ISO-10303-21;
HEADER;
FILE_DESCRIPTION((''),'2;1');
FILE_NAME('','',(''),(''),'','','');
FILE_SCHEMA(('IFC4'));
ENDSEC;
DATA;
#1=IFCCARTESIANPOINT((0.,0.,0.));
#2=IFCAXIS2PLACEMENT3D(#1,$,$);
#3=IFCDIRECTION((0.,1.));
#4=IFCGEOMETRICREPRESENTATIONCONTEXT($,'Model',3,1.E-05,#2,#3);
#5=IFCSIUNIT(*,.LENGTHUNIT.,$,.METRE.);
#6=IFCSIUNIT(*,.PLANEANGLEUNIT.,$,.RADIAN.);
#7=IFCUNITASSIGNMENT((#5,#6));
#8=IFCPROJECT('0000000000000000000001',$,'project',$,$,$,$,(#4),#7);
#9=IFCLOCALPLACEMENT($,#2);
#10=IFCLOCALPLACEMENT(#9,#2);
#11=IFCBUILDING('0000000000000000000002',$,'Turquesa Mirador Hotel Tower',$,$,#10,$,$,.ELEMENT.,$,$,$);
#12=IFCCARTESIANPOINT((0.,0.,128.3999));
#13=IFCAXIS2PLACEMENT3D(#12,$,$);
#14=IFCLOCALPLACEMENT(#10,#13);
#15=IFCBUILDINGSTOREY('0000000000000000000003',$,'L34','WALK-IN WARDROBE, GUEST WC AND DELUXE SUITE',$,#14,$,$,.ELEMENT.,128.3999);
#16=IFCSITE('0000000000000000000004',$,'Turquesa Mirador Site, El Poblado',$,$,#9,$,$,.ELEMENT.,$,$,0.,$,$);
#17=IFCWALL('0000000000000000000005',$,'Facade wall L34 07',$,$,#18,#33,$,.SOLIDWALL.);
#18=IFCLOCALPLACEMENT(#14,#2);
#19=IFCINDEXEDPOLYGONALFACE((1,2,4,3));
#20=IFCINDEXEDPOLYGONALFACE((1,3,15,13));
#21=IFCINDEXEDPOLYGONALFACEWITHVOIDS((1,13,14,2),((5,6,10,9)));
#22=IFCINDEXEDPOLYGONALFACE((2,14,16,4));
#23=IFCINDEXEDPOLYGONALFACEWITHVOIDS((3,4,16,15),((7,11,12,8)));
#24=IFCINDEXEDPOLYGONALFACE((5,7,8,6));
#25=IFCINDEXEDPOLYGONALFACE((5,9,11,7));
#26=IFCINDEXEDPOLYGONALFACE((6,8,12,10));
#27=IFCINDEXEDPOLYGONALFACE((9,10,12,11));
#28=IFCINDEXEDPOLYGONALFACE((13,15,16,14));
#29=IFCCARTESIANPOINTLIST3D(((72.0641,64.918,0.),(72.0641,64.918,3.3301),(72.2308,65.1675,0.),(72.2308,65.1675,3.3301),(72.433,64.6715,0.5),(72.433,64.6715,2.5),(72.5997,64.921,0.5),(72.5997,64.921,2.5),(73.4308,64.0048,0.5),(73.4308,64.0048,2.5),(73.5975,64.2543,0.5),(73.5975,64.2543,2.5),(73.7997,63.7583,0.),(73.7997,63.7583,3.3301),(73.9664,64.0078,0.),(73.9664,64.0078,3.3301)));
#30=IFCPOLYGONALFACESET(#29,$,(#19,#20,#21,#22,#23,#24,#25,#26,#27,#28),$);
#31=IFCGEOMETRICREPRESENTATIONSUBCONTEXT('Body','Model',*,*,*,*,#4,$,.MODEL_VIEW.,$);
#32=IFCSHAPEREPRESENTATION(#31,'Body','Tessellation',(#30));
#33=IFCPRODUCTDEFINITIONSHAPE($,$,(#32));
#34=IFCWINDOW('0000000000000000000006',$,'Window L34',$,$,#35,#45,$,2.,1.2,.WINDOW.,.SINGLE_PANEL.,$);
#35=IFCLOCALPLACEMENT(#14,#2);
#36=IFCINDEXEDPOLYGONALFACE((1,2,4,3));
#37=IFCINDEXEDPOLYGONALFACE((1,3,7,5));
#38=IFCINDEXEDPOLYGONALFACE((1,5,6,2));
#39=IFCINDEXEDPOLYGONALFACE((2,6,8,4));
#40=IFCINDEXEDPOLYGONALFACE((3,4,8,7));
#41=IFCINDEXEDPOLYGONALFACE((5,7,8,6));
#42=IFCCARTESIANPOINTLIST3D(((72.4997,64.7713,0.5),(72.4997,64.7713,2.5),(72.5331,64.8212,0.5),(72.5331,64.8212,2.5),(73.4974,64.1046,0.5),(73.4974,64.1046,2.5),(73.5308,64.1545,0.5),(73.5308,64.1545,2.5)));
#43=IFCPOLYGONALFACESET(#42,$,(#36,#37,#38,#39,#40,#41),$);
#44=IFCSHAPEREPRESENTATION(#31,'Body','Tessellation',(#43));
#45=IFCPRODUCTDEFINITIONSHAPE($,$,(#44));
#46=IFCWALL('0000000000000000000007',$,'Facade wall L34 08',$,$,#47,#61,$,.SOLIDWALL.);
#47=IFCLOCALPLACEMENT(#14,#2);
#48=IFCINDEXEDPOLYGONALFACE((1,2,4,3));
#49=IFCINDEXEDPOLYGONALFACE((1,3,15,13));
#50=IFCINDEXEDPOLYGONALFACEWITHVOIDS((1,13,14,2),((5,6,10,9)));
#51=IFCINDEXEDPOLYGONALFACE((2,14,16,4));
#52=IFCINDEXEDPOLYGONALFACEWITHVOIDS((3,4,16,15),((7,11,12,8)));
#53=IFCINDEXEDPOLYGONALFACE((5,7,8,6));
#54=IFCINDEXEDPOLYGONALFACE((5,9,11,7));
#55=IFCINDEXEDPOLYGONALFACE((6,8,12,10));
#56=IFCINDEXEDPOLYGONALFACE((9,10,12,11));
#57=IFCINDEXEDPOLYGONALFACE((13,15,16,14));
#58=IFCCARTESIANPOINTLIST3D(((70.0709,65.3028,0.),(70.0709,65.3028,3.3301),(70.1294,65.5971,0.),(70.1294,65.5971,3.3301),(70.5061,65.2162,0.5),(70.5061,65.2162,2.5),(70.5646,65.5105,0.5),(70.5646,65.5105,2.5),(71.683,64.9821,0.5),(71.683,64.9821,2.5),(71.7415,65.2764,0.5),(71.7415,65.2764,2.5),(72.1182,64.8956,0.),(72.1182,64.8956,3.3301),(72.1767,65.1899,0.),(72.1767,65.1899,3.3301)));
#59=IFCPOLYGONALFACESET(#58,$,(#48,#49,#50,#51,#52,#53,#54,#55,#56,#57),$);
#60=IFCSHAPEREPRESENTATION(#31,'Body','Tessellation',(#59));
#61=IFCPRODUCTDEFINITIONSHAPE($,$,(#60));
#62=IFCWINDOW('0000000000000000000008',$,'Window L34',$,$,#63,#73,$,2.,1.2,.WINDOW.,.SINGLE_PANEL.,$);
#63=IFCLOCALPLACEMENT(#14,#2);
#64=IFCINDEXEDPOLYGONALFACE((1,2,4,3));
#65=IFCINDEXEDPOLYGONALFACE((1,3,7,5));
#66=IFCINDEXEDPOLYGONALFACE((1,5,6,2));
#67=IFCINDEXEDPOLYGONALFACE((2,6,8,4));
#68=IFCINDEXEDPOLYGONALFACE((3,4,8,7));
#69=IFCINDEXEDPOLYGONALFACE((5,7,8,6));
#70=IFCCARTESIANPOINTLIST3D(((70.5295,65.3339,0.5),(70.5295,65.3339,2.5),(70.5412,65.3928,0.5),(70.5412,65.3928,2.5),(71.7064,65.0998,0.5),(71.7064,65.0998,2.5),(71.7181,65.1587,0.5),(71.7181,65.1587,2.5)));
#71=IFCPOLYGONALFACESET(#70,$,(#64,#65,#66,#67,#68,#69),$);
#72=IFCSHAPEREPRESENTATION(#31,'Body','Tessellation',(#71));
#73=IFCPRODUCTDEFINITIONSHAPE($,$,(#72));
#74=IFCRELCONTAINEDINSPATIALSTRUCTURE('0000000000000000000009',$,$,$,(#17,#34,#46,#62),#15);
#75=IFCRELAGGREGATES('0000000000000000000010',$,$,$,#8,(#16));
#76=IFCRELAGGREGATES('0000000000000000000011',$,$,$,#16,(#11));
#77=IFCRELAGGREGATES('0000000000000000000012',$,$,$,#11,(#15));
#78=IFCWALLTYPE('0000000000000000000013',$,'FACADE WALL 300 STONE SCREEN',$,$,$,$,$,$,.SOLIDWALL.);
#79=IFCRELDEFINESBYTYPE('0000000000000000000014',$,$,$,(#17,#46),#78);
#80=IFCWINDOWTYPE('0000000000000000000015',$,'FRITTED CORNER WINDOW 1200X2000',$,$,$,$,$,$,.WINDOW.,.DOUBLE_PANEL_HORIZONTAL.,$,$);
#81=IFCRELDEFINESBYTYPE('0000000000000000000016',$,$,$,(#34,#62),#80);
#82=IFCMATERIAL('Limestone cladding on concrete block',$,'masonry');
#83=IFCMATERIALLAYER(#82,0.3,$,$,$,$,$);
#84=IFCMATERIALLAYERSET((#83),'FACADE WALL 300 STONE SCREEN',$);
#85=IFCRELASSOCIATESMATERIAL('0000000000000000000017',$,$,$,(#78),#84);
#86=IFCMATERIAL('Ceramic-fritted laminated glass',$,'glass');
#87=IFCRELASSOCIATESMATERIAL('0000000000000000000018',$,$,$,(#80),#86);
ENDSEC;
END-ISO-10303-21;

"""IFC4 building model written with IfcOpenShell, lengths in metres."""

from ifc_helpers import new_model, si_unit, direction, frame, frame_2d, origin, place, context, subcontext, project, spatial, rectangle, extrude, material, layer, layer_set, type_object, element, fill, save


model = new_model("IFC4")

# Units and contexts
model_context = context("Model", 3, precision=1e-05, world=origin(), true_north=direction((0.0, 1.0)))
body_context = subcontext(model_context, "Body", "Model", "MODEL_VIEW")
ifc_project = project(units=[si_unit("LENGTHUNIT", "METRE"), si_unit("PLANEANGLEUNIT", "RADIAN")], contexts=[model_context])

# Site, building, storey
site_placement = place(None, origin())
site = spatial("IfcSite", under=ifc_project, at=site_placement, Name="Turquesa Mirador Site, El Poblado", CompositionType="ELEMENT", RefElevation=0.0)
building_placement = place(site_placement, origin())
building = spatial("IfcBuilding", under=site, at=building_placement, Name="Turquesa Mirador Hotel Tower", CompositionType="ELEMENT")
storey_placement = place(building_placement, frame((0.0, 0.0, 128.3999)))
storey = spatial("IfcBuildingStorey", under=building, at=storey_placement, Name="L34", Description="WALK-IN WARDROBE, GUEST WC AND DELUXE SUITE", CompositionType="ELEMENT", Elevation=128.3999)

# Walls, openings, windows
ifc_material_1 = material(Name="Limestone cladding on concrete block", Category="masonry")
ifc_layer = layer(ifc_material_1, 0.3)
ifc_layer_set = layer_set([ifc_layer], Name="FACADE WALL 300 STONE SCREEN")
wall_type = type_object("IfcWallType", Name="FACADE WALL 300 STONE SCREEN", PredefinedType="SOLIDWALL", material=ifc_layer_set)
ifc_material_2 = material(Name="Ceramic-fritted laminated glass", Category="glass")
window_type = type_object("IfcWindowType", Name="FRITTED CORNER WINDOW 1200X2000", PartitioningType="DOUBLE_PANEL_HORIZONTAL", PredefinedType="WINDOW", material=ifc_material_2)
wall_1_placement = place(storey_placement, frame((73.8831, 63.8831, 0.0), z_axis=(0.0, 0.0, 1.0), x_axis=(-0.831474, 0.555564, 0.0)))
wall_1 = element("IfcWall", 1, at=wall_1_placement, inside=storey, type_object=wall_type, Name="Facade wall L34 07", PredefinedType="SOLIDWALL", context=body_context, shape_type="SweptSolid", body=[
    extrude(rectangle(XDim=2.0874, YDim=0.3, at=frame_2d((1.0437, 0.0))), origin(), (0.0, 0.0, 1.0), 3.3301),
])
opening_1_placement = place(wall_1_placement, frame((0.4436, 0.0, 0.5)))
opening_1 = element("IfcOpeningElement", 2, at=opening_1_placement, cuts=wall_1, PredefinedType="OPENING", context=body_context, shape_type="SweptSolid", body=[
    extrude(rectangle(XDim=1.2, YDim=2.0, at=frame_2d((0.6001, 1.0))), frame((0.0, 0.1599, 0.0), z_axis=(0.0, -1.0, 0.0), x_axis=(1.0, 0.0, 0.0)), (0.0, 0.0, 1.0), 0.3201),
])
window_1_placement = place(opening_1_placement, origin())
window_1 = element("IfcWindow", 3, at=window_1_placement, inside=storey, type_object=window_type, Name="Window L34", OverallHeight=2.0, OverallWidth=1.2, PartitioningType="SINGLE_PANEL", PredefinedType="WINDOW", context=body_context, shape_type="SweptSolid", body=[
    extrude(rectangle(XDim=1.2, YDim=2.0, at=frame_2d((0.6001, 1.0))), frame((0.0, 0.03, 0.0), z_axis=(0.0, -1.0, 0.0), x_axis=(1.0, 0.0, 0.0)), (0.0, 0.0, 1.0), 0.0601),
])
fill(opening_1, window_1)
wall_2_placement = place(storey_placement, frame((72.1475, 65.0427, 0.0), z_axis=(0.0, 0.0, 1.0), x_axis=(-0.980787, 0.195081, 0.0)))
wall_2 = element("IfcWall", 4, at=wall_2_placement, inside=storey, type_object=wall_type, Name="Facade wall L34 08", PredefinedType="SOLIDWALL", context=body_context, shape_type="SweptSolid", body=[
    extrude(rectangle(XDim=2.0874, YDim=0.3, at=frame_2d((1.0437, 0.0))), origin(), (0.0, 0.0, 1.0), 3.3301),
])
opening_2_placement = place(wall_2_placement, frame((0.4436, 0.0, 0.5)))
opening_2 = element("IfcOpeningElement", 5, at=opening_2_placement, cuts=wall_2, PredefinedType="OPENING", context=body_context, shape_type="SweptSolid", body=[
    extrude(rectangle(XDim=1.2, YDim=2.0, at=frame_2d((0.6001, 1.0))), frame((0.0, 0.1599, 0.0), z_axis=(0.0, -1.0, 0.0), x_axis=(1.0, 0.0, 0.0)), (0.0, 0.0, 1.0), 0.3201),
])
window_2_placement = place(opening_2_placement, origin())
window_2 = element("IfcWindow", 6, at=window_2_placement, inside=storey, type_object=window_type, Name="Window L34", OverallHeight=2.0, OverallWidth=1.2, PartitioningType="SINGLE_PANEL", PredefinedType="WINDOW", context=body_context, shape_type="SweptSolid", body=[
    extrude(rectangle(XDim=1.2, YDim=2.0, at=frame_2d((0.6001, 1.0))), frame((0.0, 0.03, 0.0), z_axis=(0.0, -1.0, 0.0), x_axis=(1.0, 0.0, 0.0)), (0.0, 0.0, 1.0), 0.0601),
])
fill(opening_2, window_2)

save(model, "model.ifc")
